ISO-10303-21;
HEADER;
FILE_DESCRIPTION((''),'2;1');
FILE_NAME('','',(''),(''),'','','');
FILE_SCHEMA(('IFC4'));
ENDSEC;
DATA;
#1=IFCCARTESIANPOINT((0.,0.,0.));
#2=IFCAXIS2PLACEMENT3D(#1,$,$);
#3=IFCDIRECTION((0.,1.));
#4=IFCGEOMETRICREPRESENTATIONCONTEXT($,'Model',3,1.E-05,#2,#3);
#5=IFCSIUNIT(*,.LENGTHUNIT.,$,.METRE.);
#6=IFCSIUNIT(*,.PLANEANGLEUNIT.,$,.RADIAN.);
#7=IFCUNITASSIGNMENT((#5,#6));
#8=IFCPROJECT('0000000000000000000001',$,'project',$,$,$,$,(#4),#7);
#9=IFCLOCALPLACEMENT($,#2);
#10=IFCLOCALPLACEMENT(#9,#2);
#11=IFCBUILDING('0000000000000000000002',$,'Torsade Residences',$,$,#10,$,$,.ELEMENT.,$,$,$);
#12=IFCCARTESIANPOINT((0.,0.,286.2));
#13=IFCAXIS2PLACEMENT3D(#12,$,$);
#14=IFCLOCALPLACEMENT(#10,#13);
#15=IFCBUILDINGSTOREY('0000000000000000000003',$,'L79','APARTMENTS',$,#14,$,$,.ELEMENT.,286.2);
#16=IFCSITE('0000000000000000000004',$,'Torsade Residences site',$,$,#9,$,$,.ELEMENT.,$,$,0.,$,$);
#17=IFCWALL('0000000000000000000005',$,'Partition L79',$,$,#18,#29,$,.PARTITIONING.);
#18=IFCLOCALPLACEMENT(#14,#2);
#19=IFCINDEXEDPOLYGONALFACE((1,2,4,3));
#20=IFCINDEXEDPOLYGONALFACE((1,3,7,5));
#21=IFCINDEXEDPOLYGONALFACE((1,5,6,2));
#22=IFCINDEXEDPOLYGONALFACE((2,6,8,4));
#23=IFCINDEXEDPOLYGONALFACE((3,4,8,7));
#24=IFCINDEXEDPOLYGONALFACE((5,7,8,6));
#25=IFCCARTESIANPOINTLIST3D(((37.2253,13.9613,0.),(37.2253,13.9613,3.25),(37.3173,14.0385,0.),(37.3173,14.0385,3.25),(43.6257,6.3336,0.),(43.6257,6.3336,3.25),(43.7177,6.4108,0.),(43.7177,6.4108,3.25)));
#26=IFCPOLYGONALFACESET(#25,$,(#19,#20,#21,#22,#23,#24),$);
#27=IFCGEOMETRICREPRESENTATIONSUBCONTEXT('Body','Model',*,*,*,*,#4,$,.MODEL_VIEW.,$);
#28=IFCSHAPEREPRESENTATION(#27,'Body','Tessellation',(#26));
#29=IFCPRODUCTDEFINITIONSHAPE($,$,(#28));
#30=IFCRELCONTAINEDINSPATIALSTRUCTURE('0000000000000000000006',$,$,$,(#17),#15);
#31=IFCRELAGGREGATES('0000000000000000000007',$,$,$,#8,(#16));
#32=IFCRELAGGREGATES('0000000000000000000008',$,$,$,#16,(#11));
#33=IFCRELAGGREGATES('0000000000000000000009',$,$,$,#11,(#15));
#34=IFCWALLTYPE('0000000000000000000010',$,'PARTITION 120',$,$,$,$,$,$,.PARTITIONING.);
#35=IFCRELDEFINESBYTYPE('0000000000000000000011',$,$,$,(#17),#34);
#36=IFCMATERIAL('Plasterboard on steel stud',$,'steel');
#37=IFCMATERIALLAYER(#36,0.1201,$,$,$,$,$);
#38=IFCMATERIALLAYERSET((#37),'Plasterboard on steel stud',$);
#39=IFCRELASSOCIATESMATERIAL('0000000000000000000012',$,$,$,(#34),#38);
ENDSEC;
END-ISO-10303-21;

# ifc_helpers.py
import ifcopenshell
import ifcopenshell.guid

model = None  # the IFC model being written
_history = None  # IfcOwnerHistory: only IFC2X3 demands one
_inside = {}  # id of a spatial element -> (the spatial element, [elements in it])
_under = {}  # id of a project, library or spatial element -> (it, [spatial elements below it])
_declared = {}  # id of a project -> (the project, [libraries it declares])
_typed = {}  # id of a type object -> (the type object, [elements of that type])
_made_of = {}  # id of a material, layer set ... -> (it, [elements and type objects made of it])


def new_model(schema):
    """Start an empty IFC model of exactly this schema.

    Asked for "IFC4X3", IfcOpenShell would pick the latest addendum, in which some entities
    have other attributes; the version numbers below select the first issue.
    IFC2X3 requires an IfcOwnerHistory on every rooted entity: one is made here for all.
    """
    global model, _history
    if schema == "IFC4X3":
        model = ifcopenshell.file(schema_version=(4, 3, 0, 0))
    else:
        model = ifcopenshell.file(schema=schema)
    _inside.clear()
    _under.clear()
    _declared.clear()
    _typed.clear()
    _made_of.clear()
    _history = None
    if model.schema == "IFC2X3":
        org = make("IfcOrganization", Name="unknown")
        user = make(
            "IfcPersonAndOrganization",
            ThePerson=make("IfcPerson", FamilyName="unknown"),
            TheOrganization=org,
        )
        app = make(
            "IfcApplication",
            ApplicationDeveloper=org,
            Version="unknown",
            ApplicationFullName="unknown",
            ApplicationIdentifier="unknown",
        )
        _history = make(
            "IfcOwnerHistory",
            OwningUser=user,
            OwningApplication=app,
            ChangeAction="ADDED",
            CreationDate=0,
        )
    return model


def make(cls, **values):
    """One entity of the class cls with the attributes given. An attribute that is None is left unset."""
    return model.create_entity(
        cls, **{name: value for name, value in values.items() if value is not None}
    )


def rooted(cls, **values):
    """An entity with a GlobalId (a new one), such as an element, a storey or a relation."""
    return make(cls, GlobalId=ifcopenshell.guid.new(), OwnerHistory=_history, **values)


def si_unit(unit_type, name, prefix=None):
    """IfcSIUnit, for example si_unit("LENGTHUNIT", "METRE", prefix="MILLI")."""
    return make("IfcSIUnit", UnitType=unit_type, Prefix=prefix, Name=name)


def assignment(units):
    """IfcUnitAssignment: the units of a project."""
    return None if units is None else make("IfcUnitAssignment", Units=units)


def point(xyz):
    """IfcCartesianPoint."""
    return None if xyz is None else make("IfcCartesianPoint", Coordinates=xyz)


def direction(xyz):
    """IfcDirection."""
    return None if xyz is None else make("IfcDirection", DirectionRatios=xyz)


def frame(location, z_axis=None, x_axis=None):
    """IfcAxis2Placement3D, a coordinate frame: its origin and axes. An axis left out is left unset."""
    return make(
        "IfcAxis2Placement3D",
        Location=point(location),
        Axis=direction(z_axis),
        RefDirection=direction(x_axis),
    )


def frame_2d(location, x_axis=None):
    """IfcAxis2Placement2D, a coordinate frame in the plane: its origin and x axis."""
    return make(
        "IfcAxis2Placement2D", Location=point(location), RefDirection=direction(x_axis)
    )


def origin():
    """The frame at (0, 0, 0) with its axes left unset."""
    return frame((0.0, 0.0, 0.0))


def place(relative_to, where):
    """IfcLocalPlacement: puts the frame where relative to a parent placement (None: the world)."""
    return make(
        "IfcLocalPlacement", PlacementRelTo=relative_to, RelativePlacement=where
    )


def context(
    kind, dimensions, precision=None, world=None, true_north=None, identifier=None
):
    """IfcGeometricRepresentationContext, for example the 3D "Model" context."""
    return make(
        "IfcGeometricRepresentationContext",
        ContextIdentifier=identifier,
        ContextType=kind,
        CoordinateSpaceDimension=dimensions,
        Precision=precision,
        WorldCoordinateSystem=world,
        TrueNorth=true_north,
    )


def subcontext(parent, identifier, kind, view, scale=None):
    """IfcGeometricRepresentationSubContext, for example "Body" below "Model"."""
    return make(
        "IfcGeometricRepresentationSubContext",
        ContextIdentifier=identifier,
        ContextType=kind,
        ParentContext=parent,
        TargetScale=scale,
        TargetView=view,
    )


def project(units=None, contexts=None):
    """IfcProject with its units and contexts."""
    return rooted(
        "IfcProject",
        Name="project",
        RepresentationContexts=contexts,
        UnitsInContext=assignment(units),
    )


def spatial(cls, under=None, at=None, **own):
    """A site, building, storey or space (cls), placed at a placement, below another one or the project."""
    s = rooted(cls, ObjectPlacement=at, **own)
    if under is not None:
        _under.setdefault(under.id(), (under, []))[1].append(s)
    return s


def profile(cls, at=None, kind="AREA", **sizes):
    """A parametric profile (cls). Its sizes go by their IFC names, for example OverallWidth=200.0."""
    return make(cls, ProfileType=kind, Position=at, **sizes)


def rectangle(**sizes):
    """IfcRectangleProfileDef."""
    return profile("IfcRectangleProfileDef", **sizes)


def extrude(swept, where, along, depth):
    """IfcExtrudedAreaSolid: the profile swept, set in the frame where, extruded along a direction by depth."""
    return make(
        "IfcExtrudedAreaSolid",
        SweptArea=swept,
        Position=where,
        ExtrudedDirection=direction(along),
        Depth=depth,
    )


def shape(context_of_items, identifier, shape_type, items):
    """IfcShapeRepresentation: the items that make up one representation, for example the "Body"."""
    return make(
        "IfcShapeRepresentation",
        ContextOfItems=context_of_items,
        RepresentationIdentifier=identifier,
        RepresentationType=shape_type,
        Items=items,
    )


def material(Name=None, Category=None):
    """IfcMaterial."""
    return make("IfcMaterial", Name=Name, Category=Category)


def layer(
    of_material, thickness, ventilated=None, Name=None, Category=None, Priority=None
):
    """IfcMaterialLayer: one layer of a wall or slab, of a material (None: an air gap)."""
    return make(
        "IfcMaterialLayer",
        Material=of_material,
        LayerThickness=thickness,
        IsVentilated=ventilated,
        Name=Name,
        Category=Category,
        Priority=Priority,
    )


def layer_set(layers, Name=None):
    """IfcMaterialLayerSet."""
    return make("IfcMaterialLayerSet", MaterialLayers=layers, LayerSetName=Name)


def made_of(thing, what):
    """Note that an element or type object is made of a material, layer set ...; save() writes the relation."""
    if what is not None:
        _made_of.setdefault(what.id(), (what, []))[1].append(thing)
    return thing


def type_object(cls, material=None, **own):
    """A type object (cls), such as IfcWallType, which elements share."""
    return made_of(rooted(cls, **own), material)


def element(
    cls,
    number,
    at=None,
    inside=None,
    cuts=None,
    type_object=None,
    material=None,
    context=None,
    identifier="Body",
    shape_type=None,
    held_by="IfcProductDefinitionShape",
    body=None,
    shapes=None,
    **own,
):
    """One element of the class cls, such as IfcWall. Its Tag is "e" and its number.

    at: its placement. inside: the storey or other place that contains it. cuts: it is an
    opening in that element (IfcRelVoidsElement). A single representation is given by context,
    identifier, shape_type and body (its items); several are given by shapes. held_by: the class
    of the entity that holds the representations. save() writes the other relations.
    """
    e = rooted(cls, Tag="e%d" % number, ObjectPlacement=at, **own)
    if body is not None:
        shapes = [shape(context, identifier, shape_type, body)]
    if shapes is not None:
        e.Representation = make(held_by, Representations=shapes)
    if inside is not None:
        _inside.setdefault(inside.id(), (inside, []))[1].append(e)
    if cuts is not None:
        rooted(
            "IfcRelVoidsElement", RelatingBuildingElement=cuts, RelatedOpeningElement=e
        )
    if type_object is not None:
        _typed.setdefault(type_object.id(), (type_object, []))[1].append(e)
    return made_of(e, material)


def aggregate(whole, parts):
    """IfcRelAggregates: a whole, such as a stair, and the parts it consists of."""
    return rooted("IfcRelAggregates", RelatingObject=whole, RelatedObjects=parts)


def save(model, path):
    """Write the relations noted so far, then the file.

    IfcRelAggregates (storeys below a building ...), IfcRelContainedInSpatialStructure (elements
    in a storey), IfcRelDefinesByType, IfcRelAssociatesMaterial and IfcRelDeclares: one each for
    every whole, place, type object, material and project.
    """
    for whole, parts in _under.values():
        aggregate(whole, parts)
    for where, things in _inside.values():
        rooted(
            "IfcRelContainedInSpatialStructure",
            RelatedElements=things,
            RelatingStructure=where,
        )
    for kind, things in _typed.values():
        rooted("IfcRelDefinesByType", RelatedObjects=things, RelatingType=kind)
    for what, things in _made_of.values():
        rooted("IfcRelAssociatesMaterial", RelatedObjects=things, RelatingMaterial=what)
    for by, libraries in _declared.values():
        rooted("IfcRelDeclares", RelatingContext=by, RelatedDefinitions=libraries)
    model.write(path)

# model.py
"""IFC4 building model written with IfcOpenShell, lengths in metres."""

from ifc_helpers import new_model, si_unit, direction, frame, frame_2d, origin, place, context, subcontext, project, spatial, rectangle, extrude, material, layer, layer_set, type_object, element, save


model = new_model("IFC4")

# Units and contexts
model_context = context("Model", 3, precision=1e-05, world=origin(), true_north=direction((0.0, 1.0)))
body_context = subcontext(model_context, "Body", "Model", "MODEL_VIEW")
ifc_project = project(units=[si_unit("LENGTHUNIT", "METRE"), si_unit("PLANEANGLEUNIT", "RADIAN")], contexts=[model_context])

# Site, building, storey
site_placement = place(None, origin())
site = spatial("IfcSite", under=ifc_project, at=site_placement, Name="Torsade Residences site", CompositionType="ELEMENT", RefElevation=0.0)
building_placement = place(site_placement, origin())
building = spatial("IfcBuilding", under=site, at=building_placement, Name="Torsade Residences", CompositionType="ELEMENT")
storey_placement = place(building_placement, frame((0.0, 0.0, 286.2)))
storey = spatial("IfcBuildingStorey", under=building, at=storey_placement, Name="L79", Description="APARTMENTS", CompositionType="ELEMENT", Elevation=286.2)

# Wall
ifc_material_1 = material(Name="Plasterboard on steel stud", Category="steel")
ifc_layer_1 = layer(ifc_material_1, 0.1201)
ifc_layer_set_1 = layer_set([ifc_layer_1], Name="Plasterboard on steel stud")
wall_type = type_object("IfcWallType", Name="PARTITION 120", PredefinedType="PARTITIONING", material=ifc_layer_set_1)
wall_placement = place(storey_placement, frame((43.6716, 6.3723, 0.0), z_axis=(0.0, 0.0, 1.0), x_axis=(-0.642788, 0.766044, 0.0)))
element("IfcWall", 1, at=wall_placement, inside=storey, type_object=wall_type, Name="Partition L79", PredefinedType="PARTITIONING", context=body_context, shape_type="SweptSolid", body=[
    extrude(rectangle(XDim=9.9573, YDim=0.1201, at=frame_2d((4.9785, 0.0))), origin(), (0.0, 0.0, 1.0), 3.25),
])

save(model, "model.ifc")
